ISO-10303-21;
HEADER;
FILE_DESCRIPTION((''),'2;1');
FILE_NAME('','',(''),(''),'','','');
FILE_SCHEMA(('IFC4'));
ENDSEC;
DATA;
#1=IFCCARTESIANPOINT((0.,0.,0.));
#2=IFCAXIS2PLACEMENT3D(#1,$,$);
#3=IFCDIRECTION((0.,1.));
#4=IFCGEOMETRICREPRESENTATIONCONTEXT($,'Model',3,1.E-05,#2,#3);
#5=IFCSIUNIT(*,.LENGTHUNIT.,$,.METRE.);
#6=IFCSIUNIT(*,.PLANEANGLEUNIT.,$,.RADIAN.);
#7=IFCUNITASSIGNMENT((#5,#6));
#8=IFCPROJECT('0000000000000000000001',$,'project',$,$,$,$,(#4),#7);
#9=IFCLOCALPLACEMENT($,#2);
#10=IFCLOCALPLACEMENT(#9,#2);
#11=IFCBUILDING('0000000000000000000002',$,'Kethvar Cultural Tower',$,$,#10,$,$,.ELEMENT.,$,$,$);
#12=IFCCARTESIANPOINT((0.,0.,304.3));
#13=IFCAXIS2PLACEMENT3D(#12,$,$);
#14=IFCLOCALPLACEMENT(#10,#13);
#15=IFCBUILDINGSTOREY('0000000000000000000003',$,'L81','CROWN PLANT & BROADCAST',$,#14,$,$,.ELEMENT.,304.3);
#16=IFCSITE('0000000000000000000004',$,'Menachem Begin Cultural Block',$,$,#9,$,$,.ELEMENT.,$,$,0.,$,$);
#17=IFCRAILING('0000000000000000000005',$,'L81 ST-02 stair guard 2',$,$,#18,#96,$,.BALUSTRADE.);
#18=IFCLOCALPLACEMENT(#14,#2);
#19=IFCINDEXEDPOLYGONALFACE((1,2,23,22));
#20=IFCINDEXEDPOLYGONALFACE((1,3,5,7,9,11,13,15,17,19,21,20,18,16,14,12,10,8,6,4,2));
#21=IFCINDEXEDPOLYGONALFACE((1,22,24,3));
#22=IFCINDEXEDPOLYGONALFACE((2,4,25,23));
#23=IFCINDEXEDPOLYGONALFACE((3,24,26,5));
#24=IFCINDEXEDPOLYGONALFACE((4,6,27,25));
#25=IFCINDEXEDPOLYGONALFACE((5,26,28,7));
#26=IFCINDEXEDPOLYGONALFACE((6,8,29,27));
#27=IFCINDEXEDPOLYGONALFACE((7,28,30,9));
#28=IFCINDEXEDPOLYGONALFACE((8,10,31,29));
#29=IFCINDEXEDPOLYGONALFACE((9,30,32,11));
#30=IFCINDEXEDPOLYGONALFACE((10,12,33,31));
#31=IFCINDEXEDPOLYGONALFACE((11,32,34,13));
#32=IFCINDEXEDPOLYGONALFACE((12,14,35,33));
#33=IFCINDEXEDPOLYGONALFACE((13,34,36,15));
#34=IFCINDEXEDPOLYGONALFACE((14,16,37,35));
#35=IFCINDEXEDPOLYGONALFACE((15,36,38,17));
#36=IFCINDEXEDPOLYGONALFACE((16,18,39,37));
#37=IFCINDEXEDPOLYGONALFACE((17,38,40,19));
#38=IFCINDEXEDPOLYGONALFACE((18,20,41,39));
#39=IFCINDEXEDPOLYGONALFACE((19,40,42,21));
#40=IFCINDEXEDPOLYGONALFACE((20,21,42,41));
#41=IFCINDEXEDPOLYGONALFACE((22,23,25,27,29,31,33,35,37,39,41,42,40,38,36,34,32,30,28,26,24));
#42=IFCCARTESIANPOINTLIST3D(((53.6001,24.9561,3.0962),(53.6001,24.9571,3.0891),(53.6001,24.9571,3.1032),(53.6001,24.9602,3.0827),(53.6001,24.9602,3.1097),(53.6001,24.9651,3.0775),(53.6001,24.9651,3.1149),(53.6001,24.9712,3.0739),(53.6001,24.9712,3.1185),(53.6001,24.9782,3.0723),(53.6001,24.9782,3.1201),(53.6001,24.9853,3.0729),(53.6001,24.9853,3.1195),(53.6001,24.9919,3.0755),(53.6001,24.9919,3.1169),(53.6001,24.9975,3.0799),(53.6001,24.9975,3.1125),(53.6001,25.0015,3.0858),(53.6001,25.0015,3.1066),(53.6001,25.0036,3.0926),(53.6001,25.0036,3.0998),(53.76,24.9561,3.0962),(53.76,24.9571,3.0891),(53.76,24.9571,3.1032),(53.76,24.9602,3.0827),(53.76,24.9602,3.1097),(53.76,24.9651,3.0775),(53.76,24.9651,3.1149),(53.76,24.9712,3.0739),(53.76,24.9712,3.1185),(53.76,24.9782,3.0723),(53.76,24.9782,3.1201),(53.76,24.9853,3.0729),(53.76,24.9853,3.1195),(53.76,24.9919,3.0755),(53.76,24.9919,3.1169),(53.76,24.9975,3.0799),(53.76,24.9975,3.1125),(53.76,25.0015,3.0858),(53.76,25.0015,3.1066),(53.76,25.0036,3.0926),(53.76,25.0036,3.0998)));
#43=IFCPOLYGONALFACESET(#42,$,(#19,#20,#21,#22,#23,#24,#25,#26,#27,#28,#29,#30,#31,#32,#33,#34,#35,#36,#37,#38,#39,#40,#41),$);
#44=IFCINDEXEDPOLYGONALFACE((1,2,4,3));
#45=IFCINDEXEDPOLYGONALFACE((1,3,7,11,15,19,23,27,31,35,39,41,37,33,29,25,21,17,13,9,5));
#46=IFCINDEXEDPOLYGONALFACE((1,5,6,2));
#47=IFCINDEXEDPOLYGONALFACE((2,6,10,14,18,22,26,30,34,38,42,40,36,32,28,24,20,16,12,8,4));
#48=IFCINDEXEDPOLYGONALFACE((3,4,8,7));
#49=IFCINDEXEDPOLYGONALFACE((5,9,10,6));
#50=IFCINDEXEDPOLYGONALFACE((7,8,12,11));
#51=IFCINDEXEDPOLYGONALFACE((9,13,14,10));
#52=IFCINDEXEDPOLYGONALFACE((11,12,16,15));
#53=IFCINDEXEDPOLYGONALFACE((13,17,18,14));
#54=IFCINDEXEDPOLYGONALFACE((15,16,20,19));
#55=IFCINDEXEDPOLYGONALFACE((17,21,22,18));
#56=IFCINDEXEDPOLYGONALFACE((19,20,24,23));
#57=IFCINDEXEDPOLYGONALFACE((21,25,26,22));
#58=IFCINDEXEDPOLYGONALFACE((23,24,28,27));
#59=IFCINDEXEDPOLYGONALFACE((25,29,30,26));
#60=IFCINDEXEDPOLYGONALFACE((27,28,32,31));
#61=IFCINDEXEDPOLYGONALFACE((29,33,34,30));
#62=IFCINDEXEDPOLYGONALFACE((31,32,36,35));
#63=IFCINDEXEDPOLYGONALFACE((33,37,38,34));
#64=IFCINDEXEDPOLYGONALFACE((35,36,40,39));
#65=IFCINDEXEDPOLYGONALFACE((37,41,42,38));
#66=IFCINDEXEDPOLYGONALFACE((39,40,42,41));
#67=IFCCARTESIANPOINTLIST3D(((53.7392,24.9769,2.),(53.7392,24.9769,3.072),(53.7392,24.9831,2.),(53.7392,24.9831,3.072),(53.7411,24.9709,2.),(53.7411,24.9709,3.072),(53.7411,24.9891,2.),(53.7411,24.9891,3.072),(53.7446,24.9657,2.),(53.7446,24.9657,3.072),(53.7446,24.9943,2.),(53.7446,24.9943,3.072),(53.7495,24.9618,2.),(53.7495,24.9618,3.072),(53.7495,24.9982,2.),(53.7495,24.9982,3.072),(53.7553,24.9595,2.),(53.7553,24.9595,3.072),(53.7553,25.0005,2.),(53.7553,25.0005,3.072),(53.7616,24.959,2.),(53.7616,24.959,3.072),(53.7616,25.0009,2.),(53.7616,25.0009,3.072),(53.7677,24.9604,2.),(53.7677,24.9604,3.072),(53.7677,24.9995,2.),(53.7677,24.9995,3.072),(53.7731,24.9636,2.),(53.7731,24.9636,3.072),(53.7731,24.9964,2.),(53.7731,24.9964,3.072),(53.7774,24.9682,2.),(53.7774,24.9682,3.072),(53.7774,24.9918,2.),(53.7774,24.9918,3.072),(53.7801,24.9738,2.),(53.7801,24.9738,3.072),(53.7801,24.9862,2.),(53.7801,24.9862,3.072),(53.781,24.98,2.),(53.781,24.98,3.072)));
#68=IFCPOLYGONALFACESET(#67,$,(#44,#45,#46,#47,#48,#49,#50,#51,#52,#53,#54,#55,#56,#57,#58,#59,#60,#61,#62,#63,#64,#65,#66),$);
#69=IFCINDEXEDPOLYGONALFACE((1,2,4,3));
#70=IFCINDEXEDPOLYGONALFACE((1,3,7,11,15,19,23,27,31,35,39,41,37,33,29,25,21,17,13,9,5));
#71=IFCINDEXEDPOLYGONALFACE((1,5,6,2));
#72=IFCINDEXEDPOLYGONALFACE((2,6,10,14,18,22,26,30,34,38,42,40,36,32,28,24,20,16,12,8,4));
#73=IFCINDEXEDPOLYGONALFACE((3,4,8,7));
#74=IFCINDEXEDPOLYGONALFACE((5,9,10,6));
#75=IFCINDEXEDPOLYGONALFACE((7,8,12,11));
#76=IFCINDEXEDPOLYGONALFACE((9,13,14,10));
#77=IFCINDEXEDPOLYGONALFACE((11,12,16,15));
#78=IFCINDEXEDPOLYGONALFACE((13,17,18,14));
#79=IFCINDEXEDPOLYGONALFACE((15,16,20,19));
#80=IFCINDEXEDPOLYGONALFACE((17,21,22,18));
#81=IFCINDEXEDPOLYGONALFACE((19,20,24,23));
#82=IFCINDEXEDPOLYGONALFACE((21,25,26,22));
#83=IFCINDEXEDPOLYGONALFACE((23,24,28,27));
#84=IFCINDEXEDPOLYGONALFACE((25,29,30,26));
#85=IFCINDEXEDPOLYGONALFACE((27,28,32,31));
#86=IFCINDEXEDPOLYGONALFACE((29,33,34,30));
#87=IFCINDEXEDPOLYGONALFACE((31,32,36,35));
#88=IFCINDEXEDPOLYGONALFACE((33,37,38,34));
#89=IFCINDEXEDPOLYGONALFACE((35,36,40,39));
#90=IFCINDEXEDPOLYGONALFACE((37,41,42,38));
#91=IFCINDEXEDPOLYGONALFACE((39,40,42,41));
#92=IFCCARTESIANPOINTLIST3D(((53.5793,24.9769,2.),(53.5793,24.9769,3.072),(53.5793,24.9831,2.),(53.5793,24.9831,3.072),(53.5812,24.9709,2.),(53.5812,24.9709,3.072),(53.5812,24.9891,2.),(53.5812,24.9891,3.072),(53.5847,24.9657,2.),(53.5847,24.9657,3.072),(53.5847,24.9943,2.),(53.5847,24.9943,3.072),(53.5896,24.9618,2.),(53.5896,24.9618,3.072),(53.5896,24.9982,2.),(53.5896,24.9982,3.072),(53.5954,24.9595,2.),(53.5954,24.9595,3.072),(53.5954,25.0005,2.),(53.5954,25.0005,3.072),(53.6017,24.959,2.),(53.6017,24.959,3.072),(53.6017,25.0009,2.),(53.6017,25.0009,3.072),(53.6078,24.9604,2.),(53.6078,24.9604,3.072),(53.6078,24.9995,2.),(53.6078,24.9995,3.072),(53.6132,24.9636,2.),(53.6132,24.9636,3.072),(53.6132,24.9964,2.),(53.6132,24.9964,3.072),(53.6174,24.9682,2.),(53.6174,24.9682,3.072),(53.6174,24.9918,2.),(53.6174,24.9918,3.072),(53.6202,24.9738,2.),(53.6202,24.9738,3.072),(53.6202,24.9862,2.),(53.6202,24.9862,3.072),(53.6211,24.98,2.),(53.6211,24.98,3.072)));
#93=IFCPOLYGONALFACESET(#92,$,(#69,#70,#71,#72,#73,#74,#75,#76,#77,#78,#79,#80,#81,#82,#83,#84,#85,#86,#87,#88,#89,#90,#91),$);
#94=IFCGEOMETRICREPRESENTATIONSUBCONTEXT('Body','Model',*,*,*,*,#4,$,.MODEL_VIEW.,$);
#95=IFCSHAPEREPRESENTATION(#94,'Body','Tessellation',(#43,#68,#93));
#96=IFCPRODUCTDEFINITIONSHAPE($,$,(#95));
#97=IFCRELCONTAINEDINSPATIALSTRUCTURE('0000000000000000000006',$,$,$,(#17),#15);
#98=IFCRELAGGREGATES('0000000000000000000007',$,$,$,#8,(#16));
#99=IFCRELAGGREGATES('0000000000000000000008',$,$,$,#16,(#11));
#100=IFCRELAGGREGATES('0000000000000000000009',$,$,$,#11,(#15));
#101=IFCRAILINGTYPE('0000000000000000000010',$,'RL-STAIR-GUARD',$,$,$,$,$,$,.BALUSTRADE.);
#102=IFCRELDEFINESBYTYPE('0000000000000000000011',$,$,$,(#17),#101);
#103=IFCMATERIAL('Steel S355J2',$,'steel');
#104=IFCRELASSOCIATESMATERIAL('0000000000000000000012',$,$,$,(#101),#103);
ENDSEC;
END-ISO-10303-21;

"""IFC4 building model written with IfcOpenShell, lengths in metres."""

from ifc_helpers import new_model, si_unit, direction, frame, origin, origin_2d, place, context, subcontext, project, spatial, circle, extrude, material, type_object, element, save


model = new_model("IFC4")

# Units and contexts
model_context = context("Model", 3, precision=1e-05, world=origin(), true_north=direction((0.0, 1.0)))
body_context = subcontext(model_context, "Body", "Model", "MODEL_VIEW")
ifc_project = project(units=[si_unit("LENGTHUNIT", "METRE"), si_unit("PLANEANGLEUNIT", "RADIAN")], contexts=[model_context])

# Site, building, storey
site_placement = place(None, origin())
site = spatial("IfcSite", under=ifc_project, at=site_placement, Name="Menachem Begin Cultural Block", CompositionType="ELEMENT", RefElevation=0.0)
building_placement = place(site_placement, origin())
building = spatial("IfcBuilding", under=site, at=building_placement, Name="Kethvar Cultural Tower", CompositionType="ELEMENT")
storey_placement = place(building_placement, frame((0.0, 0.0, 304.3)))
storey = spatial("IfcBuildingStorey", under=building, at=storey_placement, Name="L81", Description="CROWN PLANT & BROADCAST", CompositionType="ELEMENT", Elevation=304.3)

# Shared definitions
ifc_material_1 = material(Name="Steel S355J2", Category="steel")

# Railing
railing_type_1 = type_object("IfcRailingType", Name="RL-STAIR-GUARD", PredefinedType="BALUSTRADE", material=ifc_material_1)
railing_1_placement = place(storey_placement, frame((53.76, 24.98, 2.0)))
element("IfcRailing", 1, at=railing_1_placement, inside=storey, type_object=railing_type_1, Name="L81 ST-02 stair guard 2", PredefinedType="BALUSTRADE", context=body_context, shape_type="SweptSolid", body=[
    extrude(circle(Radius=0.0239, at=origin_2d()), frame((0.0, 0.0, 1.0962), z_axis=(-1.0, 0.0, 0.0), x_axis=(0.0, -1.0, 0.0)), (0.0, 0.0, 1.0), 0.1599),
    extrude(circle(Radius=0.021, at=origin_2d()), origin(), (0.0, 0.0, 1.0), 1.072),
    extrude(circle(Radius=0.021, at=origin_2d()), frame((-0.1599, 0.0, 0.0)), (0.0, 0.0, 1.0), 1.072),
])

save(model, "model.ifc")
